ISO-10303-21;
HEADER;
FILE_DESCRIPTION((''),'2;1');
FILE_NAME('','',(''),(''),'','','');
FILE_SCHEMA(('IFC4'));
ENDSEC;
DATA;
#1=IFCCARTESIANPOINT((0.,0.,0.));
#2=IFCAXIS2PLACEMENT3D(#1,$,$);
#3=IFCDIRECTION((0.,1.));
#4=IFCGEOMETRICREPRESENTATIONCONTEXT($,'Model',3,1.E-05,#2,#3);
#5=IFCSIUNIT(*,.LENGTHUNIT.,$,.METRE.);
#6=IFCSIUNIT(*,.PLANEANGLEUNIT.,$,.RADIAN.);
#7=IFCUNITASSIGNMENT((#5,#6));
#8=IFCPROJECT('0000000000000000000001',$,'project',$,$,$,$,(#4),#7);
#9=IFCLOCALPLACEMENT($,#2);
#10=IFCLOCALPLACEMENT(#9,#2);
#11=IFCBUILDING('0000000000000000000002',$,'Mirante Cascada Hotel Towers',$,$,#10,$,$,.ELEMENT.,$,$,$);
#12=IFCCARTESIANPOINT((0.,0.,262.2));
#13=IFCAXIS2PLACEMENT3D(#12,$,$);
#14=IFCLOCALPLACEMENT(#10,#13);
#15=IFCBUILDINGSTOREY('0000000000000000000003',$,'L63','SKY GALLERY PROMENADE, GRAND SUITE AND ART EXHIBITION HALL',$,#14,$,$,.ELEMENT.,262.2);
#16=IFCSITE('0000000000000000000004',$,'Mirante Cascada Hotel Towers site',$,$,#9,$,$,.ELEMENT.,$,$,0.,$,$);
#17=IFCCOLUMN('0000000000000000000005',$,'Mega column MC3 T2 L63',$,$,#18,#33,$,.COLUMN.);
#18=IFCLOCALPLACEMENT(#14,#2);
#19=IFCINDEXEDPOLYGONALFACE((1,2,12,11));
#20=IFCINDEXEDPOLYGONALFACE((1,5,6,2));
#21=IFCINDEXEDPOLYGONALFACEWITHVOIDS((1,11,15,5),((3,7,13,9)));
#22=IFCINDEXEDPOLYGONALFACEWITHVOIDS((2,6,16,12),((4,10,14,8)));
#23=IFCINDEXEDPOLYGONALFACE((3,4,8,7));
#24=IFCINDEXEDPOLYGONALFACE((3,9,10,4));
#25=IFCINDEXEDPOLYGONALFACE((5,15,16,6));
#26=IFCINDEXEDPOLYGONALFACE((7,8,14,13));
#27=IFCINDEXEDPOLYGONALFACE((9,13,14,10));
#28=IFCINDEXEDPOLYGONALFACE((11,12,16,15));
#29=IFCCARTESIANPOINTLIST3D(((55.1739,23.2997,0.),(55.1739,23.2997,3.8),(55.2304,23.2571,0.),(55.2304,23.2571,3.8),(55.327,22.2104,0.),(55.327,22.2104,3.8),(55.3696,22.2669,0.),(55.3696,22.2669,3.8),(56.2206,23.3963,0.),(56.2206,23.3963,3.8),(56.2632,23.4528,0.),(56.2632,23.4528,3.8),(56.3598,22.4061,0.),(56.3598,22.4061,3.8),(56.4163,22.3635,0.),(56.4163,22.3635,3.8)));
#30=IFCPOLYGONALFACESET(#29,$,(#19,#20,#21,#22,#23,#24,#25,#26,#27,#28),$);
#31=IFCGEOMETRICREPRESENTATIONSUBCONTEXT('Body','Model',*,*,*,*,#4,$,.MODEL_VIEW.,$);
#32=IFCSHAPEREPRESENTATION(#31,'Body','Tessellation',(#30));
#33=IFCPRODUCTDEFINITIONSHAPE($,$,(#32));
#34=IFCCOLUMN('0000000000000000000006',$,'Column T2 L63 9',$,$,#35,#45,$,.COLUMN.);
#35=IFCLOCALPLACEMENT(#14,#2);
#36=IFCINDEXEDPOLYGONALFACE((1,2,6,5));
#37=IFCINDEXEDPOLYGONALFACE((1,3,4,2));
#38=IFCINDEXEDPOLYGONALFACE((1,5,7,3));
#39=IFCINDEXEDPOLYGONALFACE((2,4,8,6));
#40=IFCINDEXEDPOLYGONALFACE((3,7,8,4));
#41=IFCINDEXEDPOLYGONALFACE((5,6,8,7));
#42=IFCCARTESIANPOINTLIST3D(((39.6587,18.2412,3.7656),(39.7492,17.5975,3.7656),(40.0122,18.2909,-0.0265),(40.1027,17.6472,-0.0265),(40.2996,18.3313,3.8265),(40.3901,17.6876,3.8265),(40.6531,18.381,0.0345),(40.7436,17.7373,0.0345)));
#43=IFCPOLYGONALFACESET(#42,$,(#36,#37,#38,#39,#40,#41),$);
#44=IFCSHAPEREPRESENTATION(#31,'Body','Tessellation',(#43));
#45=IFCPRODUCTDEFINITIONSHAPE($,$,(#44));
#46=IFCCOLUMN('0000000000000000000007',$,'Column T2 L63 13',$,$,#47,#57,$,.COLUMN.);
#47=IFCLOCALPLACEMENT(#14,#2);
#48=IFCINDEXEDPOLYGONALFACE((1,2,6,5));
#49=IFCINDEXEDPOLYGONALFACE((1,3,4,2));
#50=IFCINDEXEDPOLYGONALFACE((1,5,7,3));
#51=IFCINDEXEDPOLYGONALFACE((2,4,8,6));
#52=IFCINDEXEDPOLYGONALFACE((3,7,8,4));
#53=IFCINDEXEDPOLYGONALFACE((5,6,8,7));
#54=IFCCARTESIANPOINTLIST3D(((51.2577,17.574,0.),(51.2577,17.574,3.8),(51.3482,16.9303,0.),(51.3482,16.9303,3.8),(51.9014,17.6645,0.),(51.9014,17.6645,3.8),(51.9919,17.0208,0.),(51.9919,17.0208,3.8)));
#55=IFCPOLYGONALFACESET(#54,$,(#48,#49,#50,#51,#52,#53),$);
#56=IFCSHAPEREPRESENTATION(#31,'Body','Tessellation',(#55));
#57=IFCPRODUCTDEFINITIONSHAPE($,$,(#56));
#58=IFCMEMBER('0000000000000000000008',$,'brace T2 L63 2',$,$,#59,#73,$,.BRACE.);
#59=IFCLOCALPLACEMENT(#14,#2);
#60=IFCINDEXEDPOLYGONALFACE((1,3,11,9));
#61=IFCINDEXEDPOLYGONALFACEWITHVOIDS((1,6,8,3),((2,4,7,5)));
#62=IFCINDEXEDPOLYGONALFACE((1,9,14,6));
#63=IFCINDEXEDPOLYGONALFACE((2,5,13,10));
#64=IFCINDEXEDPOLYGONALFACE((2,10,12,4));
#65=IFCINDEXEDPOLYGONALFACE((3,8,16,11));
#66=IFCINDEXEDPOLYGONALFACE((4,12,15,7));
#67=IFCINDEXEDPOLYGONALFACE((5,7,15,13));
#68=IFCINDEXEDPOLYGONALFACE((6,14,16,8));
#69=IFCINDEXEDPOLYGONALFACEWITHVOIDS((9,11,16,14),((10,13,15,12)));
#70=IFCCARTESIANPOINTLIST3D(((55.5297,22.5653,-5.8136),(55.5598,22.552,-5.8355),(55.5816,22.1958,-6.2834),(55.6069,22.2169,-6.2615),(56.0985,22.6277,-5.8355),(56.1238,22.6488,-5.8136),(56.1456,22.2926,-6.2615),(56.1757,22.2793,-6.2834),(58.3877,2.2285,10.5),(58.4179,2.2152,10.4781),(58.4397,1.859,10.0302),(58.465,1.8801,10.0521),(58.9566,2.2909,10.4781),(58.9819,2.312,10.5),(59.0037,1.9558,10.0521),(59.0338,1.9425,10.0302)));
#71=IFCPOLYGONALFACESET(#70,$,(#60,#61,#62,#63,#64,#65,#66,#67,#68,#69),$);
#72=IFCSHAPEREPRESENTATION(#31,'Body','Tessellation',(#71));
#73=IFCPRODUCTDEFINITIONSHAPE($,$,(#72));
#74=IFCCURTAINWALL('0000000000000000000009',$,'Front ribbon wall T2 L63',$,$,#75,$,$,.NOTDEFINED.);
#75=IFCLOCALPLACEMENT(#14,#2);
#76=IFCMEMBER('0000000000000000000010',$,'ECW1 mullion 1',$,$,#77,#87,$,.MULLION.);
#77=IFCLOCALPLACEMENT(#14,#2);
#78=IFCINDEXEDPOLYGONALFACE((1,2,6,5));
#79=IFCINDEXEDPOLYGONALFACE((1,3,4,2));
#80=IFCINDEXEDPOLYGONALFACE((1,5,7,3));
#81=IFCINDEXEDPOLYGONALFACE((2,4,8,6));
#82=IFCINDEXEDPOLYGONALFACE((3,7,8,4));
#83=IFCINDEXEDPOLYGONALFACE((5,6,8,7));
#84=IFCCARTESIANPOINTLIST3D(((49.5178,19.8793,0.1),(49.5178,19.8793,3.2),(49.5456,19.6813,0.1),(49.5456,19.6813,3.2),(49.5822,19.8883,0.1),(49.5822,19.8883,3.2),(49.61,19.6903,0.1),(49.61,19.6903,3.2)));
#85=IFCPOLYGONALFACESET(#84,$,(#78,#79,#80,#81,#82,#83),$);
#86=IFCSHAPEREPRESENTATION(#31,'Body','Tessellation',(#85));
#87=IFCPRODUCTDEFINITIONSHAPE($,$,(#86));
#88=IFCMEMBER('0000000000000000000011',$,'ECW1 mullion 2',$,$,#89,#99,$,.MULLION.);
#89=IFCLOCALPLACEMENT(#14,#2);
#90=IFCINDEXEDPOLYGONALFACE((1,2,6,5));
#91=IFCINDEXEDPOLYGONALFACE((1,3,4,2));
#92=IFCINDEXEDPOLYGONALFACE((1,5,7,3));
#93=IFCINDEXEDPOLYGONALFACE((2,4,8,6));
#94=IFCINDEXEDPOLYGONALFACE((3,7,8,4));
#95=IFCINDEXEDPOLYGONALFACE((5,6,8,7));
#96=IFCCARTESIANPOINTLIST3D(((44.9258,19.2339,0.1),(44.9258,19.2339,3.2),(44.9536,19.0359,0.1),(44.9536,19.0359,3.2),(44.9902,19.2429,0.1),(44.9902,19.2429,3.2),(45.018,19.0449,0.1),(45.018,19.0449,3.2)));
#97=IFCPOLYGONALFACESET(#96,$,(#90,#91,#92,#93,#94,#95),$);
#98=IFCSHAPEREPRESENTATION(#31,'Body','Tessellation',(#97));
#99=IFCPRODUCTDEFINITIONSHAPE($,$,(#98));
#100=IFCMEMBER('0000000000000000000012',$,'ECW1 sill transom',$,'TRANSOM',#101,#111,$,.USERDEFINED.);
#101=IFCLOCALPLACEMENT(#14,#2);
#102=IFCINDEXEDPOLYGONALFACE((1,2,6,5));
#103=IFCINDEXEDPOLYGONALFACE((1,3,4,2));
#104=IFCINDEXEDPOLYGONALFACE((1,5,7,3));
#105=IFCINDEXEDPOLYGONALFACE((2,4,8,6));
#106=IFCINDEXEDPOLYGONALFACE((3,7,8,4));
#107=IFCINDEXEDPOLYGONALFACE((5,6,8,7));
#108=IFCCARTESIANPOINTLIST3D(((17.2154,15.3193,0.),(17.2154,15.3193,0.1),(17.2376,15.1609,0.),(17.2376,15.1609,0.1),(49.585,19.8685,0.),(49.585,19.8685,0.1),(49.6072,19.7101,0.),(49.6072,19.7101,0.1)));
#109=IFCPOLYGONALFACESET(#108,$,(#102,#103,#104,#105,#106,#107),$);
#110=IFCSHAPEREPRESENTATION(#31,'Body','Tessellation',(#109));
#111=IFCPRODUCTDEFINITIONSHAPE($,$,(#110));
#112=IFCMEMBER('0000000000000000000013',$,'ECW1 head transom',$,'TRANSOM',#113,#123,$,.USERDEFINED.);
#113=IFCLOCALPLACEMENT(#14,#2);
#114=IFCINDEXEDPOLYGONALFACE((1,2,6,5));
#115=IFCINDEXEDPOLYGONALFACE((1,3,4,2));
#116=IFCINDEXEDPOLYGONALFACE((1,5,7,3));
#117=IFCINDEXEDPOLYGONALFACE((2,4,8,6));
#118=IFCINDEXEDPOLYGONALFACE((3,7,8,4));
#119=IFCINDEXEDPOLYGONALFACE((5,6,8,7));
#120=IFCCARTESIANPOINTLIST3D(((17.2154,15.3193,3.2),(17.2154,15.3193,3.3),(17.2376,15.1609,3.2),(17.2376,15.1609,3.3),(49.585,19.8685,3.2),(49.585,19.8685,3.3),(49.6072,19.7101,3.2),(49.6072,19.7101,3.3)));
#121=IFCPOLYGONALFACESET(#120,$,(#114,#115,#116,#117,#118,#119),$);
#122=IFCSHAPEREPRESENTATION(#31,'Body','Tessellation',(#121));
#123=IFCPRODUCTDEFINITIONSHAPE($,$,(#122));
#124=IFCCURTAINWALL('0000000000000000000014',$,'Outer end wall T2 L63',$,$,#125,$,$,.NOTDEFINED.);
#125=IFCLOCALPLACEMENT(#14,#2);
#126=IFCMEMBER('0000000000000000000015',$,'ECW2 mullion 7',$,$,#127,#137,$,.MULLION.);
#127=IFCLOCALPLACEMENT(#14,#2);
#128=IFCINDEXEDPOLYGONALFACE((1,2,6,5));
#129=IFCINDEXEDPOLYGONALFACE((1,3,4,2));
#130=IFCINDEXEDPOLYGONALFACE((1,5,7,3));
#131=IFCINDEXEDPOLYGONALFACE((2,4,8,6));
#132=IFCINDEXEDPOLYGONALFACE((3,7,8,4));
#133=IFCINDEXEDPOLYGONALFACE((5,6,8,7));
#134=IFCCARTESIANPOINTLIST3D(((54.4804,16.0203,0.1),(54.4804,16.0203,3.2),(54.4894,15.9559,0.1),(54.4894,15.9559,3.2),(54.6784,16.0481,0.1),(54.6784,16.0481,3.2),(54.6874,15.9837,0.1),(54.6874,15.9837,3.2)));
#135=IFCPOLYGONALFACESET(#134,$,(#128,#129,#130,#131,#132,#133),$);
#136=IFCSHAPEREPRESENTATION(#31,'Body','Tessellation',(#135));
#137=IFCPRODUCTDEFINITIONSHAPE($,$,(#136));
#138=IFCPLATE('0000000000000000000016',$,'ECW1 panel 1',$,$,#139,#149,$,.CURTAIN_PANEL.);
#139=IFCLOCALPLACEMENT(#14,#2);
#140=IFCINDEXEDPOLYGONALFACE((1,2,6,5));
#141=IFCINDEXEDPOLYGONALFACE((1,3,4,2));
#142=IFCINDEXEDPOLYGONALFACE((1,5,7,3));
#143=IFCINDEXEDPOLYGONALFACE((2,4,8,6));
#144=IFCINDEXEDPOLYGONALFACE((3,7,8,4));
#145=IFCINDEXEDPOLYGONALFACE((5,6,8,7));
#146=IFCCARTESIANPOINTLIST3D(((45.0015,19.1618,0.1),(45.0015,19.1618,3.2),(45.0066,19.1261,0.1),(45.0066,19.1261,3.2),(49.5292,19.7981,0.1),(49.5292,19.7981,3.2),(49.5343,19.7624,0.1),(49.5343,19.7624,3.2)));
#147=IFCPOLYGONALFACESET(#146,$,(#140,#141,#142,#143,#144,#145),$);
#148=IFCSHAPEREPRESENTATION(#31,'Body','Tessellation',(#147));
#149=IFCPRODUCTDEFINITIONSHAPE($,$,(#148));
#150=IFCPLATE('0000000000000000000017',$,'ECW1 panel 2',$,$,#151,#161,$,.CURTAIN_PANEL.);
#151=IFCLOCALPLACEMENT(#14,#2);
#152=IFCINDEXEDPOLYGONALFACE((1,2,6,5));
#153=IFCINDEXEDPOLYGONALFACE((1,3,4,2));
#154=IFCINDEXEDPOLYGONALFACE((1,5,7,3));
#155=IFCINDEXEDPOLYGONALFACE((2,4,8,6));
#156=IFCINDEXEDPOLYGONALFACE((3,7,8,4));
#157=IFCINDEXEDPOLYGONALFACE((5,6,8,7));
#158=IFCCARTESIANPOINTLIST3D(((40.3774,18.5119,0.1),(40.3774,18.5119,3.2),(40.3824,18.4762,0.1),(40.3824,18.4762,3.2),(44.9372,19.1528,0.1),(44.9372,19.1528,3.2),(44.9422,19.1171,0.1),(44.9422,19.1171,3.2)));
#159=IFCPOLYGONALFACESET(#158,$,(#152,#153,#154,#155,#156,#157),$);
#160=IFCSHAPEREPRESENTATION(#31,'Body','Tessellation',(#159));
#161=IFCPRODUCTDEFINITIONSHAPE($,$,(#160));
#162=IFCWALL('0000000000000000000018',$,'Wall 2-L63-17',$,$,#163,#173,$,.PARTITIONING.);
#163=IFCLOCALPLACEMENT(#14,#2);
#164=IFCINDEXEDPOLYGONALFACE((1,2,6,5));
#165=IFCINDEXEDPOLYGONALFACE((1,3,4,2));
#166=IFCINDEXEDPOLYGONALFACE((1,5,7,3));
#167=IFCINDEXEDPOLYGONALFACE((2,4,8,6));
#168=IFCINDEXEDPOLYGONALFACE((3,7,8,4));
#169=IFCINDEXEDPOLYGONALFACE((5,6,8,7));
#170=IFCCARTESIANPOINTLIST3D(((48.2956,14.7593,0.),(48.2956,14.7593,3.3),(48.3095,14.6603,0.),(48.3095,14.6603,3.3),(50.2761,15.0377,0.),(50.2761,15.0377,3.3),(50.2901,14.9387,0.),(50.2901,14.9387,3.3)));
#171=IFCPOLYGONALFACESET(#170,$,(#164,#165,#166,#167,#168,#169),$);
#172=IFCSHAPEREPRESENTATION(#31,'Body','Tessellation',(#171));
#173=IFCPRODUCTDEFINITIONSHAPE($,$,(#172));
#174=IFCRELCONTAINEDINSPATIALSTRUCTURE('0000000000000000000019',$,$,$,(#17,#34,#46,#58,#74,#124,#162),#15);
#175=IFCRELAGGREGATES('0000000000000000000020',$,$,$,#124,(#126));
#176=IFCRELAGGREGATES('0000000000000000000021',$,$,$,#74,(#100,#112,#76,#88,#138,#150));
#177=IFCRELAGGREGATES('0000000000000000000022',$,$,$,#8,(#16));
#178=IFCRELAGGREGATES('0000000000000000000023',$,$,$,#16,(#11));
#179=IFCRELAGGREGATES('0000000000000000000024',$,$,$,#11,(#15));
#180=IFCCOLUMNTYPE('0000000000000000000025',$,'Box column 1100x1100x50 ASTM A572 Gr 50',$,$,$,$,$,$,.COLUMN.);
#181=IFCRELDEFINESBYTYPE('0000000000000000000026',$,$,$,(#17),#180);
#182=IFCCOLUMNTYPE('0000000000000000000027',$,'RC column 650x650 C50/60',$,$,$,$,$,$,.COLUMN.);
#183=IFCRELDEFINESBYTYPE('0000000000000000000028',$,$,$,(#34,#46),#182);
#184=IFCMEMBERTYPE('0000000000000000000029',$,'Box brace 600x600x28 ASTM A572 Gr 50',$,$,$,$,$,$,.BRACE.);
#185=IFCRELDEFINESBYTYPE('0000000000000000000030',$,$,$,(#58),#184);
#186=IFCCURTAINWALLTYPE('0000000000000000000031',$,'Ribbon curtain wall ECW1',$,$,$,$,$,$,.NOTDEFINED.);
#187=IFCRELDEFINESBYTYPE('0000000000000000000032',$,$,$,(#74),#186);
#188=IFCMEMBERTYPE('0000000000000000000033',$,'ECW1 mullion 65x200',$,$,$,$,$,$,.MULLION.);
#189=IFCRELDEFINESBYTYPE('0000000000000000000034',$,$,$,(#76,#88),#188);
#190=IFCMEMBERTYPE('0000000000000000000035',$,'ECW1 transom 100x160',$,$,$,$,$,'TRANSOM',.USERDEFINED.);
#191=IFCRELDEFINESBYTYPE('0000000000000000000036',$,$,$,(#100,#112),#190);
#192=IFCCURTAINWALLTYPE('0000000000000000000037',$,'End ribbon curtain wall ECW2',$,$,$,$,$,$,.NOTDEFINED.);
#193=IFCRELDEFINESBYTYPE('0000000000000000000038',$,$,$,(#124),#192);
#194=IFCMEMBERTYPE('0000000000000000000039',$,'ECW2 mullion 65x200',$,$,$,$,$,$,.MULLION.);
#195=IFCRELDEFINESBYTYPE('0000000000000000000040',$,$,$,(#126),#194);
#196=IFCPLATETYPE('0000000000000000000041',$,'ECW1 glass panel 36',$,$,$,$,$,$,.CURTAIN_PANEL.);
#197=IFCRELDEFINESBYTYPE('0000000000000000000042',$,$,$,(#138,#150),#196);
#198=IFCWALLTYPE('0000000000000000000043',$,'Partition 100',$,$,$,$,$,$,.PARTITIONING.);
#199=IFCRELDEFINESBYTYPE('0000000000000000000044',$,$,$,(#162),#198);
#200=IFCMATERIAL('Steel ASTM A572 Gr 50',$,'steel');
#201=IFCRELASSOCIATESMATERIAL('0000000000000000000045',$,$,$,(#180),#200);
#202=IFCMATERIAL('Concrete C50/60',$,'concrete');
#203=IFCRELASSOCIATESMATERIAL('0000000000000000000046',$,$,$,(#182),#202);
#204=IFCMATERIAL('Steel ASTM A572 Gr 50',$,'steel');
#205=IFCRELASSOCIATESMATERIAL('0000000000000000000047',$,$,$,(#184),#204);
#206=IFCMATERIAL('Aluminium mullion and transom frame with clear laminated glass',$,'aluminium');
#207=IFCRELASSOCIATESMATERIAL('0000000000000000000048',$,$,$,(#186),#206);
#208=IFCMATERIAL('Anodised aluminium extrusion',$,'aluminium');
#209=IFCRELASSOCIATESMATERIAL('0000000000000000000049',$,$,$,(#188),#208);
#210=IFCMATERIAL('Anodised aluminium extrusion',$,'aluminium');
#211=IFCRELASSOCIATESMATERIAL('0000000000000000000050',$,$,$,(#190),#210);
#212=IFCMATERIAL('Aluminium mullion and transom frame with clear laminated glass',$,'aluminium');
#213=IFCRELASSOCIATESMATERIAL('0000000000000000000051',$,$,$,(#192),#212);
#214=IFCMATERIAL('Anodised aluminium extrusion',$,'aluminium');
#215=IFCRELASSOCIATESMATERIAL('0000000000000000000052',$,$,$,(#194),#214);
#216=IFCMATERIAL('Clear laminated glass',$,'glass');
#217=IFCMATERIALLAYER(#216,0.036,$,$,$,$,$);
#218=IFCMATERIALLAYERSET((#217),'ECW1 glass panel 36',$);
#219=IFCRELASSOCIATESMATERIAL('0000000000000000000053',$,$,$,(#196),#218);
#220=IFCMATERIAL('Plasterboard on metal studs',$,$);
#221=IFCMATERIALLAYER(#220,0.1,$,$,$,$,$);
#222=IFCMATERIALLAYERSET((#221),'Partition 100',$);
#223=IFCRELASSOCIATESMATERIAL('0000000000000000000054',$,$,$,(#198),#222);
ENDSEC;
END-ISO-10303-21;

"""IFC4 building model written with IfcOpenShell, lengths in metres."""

from ifc_helpers import new_model, si_unit, direction, frame, frame_2d, origin, origin_2d, place, context, subcontext, project, spatial, rectangle, hollow_rectangle, extrude, material, layer, layer_set, material_profile, profile_set, type_object, element, aggregate, save


model = new_model("IFC4")

# Units and contexts
model_context = context("Model", 3, precision=1e-05, world=origin(), true_north=direction((0.0, 1.0)))
body_context = subcontext(model_context, "Body", "Model", "MODEL_VIEW")
ifc_project = project(units=[si_unit("LENGTHUNIT", "METRE"), si_unit("PLANEANGLEUNIT", "RADIAN")], contexts=[model_context])

# Site, building, storey
site_placement = place(None, origin())
site = spatial("IfcSite", under=ifc_project, at=site_placement, Name="Mirante Cascada Hotel Towers site", CompositionType="ELEMENT", RefElevation=0.0)
building_placement = place(site_placement, origin())
building = spatial("IfcBuilding", under=site, at=building_placement, Name="Mirante Cascada Hotel Towers", CompositionType="ELEMENT")
storey_placement = place(building_placement, frame((0.0, 0.0, 262.2)))
storey = spatial("IfcBuildingStorey", under=building, at=storey_placement, Name="L63", Description="SKY GALLERY PROMENADE, GRAND SUITE AND ART EXHIBITION HALL", CompositionType="ELEMENT", Elevation=262.2)

# Columns
ifc_material_1 = material(Name="Steel ASTM A572 Gr 50", Category="steel")
ifc_material_profile_1 = material_profile(ifc_material_1, hollow_rectangle(XDim=1.1, YDim=1.1, WallThickness=0.05, at=origin_2d()), Name="Box column 1100x1100x50 ASTM A572 Gr 50")
ifc_profile_set_1 = profile_set([ifc_material_profile_1], Name="Steel ASTM A572 Gr 50")
column_type_1 = type_object("IfcColumnType", Name="Box column 1100x1100x50 ASTM A572 Gr 50", PredefinedType="COLUMN", material=ifc_profile_set_1)
column_1_placement = place(storey_placement, frame((55.7951, 22.8316, 0.0), z_axis=(0.0, 0.0, 1.0), x_axis=(0.990268, 0.139173, 0.0)))
element("IfcColumn", 1, at=column_1_placement, inside=storey, type_object=column_type_1, Name="Mega column MC3 T2 L63", PredefinedType="COLUMN", context=body_context, shape_type="SweptSolid", body=[
    extrude(hollow_rectangle(XDim=1.1, YDim=1.1, WallThickness=0.05, at=origin_2d()), origin(), (0.0, 0.0, 1.0), 3.8),
])
ifc_material_2 = material(Name="Concrete C50/60", Category="concrete")
ifc_material_profile_2 = material_profile(ifc_material_2, rectangle(XDim=0.65, YDim=0.65, at=origin_2d()), Name="RC column 650x650 C50/60")
ifc_profile_set_2 = profile_set([ifc_material_profile_2], Name="Concrete C50/60")
column_type_2 = type_object("IfcColumnType", Name="RC column 650x650 C50/60", PredefinedType="COLUMN", material=ifc_profile_set_2)
column_2_placement = place(storey_placement, frame((40.3779, 18.0141, 0.004), z_axis=(-0.092812, -0.013049, 0.995598), x_axis=(0.139225, -0.990261, 0.0)))
element("IfcColumn", 2, at=column_2_placement, inside=storey, type_object=column_type_2, Name="Column T2 L63 9", PredefinedType="COLUMN", context=body_context, shape_type="SweptSolid", body=[
    extrude(rectangle(XDim=0.65, YDim=0.65, at=origin_2d()), origin(), (0.0, 0.0, 1.0), 3.8088),
])
column_3_placement = place(storey_placement, frame((51.6248, 17.2974, 0.0), z_axis=(0.0, 0.0, 1.0), x_axis=(0.990268, 0.139173, 0.0)))
element("IfcColumn", 3, at=column_3_placement, inside=storey, type_object=column_type_2, Name="Column T2 L63 13", PredefinedType="COLUMN", context=body_context, shape_type="SweptSolid", body=[
    extrude(rectangle(XDim=0.65, YDim=0.65, at=origin_2d()), origin(), (0.0, 0.0, 1.0), 3.8),
])

# Member
ifc_material_3 = material(Name="Steel ASTM A572 Gr 50", Category="steel")
ifc_material_profile_3 = material_profile(ifc_material_3, hollow_rectangle(XDim=0.6, YDim=0.6, WallThickness=0.028, at=origin_2d()), Name="Box brace 600x600x28 ASTM A572 Gr 50")
ifc_profile_set_3 = profile_set([ifc_material_profile_3], Name="Steel ASTM A572 Gr 50")
member_type_1 = type_object("IfcMemberType", Name="Box brace 600x600x28 ASTM A572 Gr 50", PredefinedType="BRACE", material=ifc_profile_set_3)
member_1_placement = place(storey_placement, frame((55.8527, 22.4223, -6.0485), z_axis=(0.108973, -0.775397, 0.622001), x_axis=(0.990268, 0.139171, 0.0)))
element("IfcMember", 4, at=member_1_placement, inside=storey, type_object=member_type_1, Name="brace T2 L63 2", PredefinedType="BRACE", context=body_context, shape_type="SweptSolid", body=[
    extrude(hollow_rectangle(XDim=0.6, YDim=0.6, WallThickness=0.028, at=origin_2d()), origin(), (0.0, 0.0, 1.0), 26.2276),
])

# Curtain wall, members
ifc_material_4 = material(Name="Aluminium mullion and transom frame with clear laminated glass", Category="aluminium")
curtain_wall_type_1 = type_object("IfcCurtainWallType", Name="Ribbon curtain wall ECW1", PredefinedType="NOTDEFINED", material=ifc_material_4)
curtain_wall_1_placement = place(storey_placement, origin())
curtain_wall_1 = element("IfcCurtainWall", 5, at=curtain_wall_1_placement, inside=storey, type_object=curtain_wall_type_1, Name="Front ribbon wall T2 L63", PredefinedType="NOTDEFINED")
ifc_material_5 = material(Name="Anodised aluminium extrusion", Category="aluminium")
ifc_material_profile_4 = material_profile(ifc_material_5, rectangle(XDim=0.2, YDim=0.065, at=origin_2d()), Name="ECW1 MULLION 65x200")
ifc_profile_set_4 = profile_set([ifc_material_profile_4], Name="Anodised aluminium extrusion")
member_type_2 = type_object("IfcMemberType", Name="ECW1 mullion 65x200", PredefinedType="MULLION", material=ifc_profile_set_4)
member_2_placement = place(storey_placement, frame((49.5639, 19.7848, 0.1), z_axis=(0.0, 0.0, 1.0), x_axis=(0.139173, -0.990268, 0.0)))
member_2 = element("IfcMember", 6, at=member_2_placement, type_object=member_type_2, Name="ECW1 mullion 1", PredefinedType="MULLION", context=body_context, shape_type="SweptSolid", body=[
    extrude(rectangle(XDim=0.2, YDim=0.065, at=origin_2d()), origin(), (0.0, 0.0, 1.0), 3.1),
])
member_3_placement = place(storey_placement, frame((44.9719, 19.1394, 0.1), z_axis=(0.0, 0.0, 1.0), x_axis=(0.139173, -0.990268, 0.0)))
member_3 = element("IfcMember", 7, at=member_3_placement, type_object=member_type_2, Name="ECW1 mullion 2", PredefinedType="MULLION", context=body_context, shape_type="SweptSolid", body=[
    extrude(rectangle(XDim=0.2, YDim=0.065, at=origin_2d()), origin(), (0.0, 0.0, 1.0), 3.1),
])
ifc_material_6 = material(Name="Anodised aluminium extrusion", Category="aluminium")
ifc_material_profile_5 = material_profile(ifc_material_6, rectangle(XDim=0.16, YDim=0.1, at=origin_2d()), Name="ECW1 TRANSOM 100x160")
ifc_profile_set_5 = profile_set([ifc_material_profile_5], Name="Anodised aluminium extrusion")
member_type_3 = type_object("IfcMemberType", Name="ECW1 transom 100x160", ElementType="TRANSOM", PredefinedType="USERDEFINED", material=ifc_profile_set_5)
member_4_placement = place(storey_placement, frame((49.5961, 19.7893, 0.05), z_axis=(-0.990268, -0.139172, 0.0), x_axis=(0.139172, -0.990268, 0.0)))
member_4 = element("IfcMember", 8, at=member_4_placement, type_object=member_type_3, Name="ECW1 sill transom", ObjectType="TRANSOM", PredefinedType="USERDEFINED", context=body_context, shape_type="SweptSolid", body=[
    extrude(rectangle(XDim=0.16, YDim=0.1, at=origin_2d()), origin(), (0.0, 0.0, 1.0), 32.6877),
])
member_5_placement = place(storey_placement, frame((49.5961, 19.7893, 3.25), z_axis=(-0.990268, -0.139172, 0.0), x_axis=(0.139172, -0.990268, 0.0)))
member_5 = element("IfcMember", 9, at=member_5_placement, type_object=member_type_3, Name="ECW1 head transom", ObjectType="TRANSOM", PredefinedType="USERDEFINED", context=body_context, shape_type="SweptSolid", body=[
    extrude(rectangle(XDim=0.16, YDim=0.1, at=origin_2d()), origin(), (0.0, 0.0, 1.0), 32.6877),
])

# Curtain wall, member
ifc_material_7 = material(Name="Aluminium mullion and transom frame with clear laminated glass", Category="aluminium")
curtain_wall_type_2 = type_object("IfcCurtainWallType", Name="End ribbon curtain wall ECW2", PredefinedType="NOTDEFINED", material=ifc_material_7)
curtain_wall_2_placement = place(storey_placement, origin())
curtain_wall_2 = element("IfcCurtainWall", 10, at=curtain_wall_2_placement, inside=storey, type_object=curtain_wall_type_2, Name="Outer end wall T2 L63", PredefinedType="NOTDEFINED")
ifc_material_8 = material(Name="Anodised aluminium extrusion", Category="aluminium")
ifc_material_profile_6 = material_profile(ifc_material_8, rectangle(XDim=0.2, YDim=0.065, at=origin_2d()), Name="ECW2 MULLION 65x200")
ifc_profile_set_6 = profile_set([ifc_material_profile_6], Name="Anodised aluminium extrusion")
member_type_4 = type_object("IfcMemberType", Name="ECW2 mullion 65x200", PredefinedType="MULLION", material=ifc_profile_set_6)
member_6_placement = place(storey_placement, frame((54.5839, 16.002, 0.1), z_axis=(0.0, 0.0, 1.0), x_axis=(-0.990268, -0.139173, 0.0)))
member_6 = element("IfcMember", 11, at=member_6_placement, type_object=member_type_4, Name="ECW2 mullion 7", PredefinedType="MULLION", context=body_context, shape_type="SweptSolid", body=[
    extrude(rectangle(XDim=0.2, YDim=0.065, at=origin_2d()), origin(), (0.0, 0.0, 1.0), 3.1),
])
aggregate(curtain_wall_2, [member_6])

# Plates
ifc_material_9 = material(Name="Clear laminated glass", Category="glass")
ifc_layer_1 = layer(ifc_material_9, 0.036)
ifc_layer_set_1 = layer_set([ifc_layer_1], Name="ECW1 glass panel 36")
plate_type = type_object("IfcPlateType", Name="ECW1 glass panel 36", PredefinedType="CURTAIN_PANEL", material=ifc_layer_set_1)
plate_1_placement = place(storey_placement, frame((47.2679, 19.4621, 0.1), z_axis=(0.0, 0.0, 1.0), x_axis=(-0.990268, -0.139173, 0.0)))
plate_1 = element("IfcPlate", 12, at=plate_1_placement, type_object=plate_type, Name="ECW1 panel 1", PredefinedType="CURTAIN_PANEL", context=body_context, shape_type="SweptSolid", body=[
    extrude(rectangle(XDim=4.5722, YDim=0.036, at=origin_2d()), origin(), (0.0, 0.0, 1.0), 3.1),
])
plate_2_placement = place(storey_placement, frame((42.6598, 18.8145, 0.1), z_axis=(0.0, 0.0, 1.0), x_axis=(-0.990268, -0.139173, 0.0)))
plate_2 = element("IfcPlate", 13, at=plate_2_placement, type_object=plate_type, Name="ECW1 panel 2", PredefinedType="CURTAIN_PANEL", context=body_context, shape_type="SweptSolid", body=[
    extrude(rectangle(XDim=4.6047, YDim=0.036, at=origin_2d()), origin(), (0.0, 0.0, 1.0), 3.1),
])
aggregate(curtain_wall_1, [member_4, member_5, member_2, member_3, plate_1, plate_2])

# Wall
ifc_material_10 = material(Name="Plasterboard on metal studs")
ifc_layer_2 = layer(ifc_material_10, 0.1)
ifc_layer_set_2 = layer_set([ifc_layer_2], Name="Partition 100")
wall_type_1 = type_object("IfcWallType", Name="Partition 100", PredefinedType="PARTITIONING", material=ifc_layer_set_2)
wall_1_placement = place(storey_placement, frame((50.2831, 14.9882, 0.0), z_axis=(0.0, 0.0, 1.0), x_axis=(-0.990264, -0.139202, 0.0)))
element("IfcWall", 14, at=wall_1_placement, inside=storey, type_object=wall_type_1, Name="Wall 2-L63-17", PredefinedType="PARTITIONING", context=body_context, shape_type="SweptSolid", body=[
    extrude(rectangle(XDim=2.0, YDim=0.1, at=frame_2d((1.0, 0.0))), origin(), (0.0, 0.0, 1.0), 3.3),
])

save(model, "model.ifc")
